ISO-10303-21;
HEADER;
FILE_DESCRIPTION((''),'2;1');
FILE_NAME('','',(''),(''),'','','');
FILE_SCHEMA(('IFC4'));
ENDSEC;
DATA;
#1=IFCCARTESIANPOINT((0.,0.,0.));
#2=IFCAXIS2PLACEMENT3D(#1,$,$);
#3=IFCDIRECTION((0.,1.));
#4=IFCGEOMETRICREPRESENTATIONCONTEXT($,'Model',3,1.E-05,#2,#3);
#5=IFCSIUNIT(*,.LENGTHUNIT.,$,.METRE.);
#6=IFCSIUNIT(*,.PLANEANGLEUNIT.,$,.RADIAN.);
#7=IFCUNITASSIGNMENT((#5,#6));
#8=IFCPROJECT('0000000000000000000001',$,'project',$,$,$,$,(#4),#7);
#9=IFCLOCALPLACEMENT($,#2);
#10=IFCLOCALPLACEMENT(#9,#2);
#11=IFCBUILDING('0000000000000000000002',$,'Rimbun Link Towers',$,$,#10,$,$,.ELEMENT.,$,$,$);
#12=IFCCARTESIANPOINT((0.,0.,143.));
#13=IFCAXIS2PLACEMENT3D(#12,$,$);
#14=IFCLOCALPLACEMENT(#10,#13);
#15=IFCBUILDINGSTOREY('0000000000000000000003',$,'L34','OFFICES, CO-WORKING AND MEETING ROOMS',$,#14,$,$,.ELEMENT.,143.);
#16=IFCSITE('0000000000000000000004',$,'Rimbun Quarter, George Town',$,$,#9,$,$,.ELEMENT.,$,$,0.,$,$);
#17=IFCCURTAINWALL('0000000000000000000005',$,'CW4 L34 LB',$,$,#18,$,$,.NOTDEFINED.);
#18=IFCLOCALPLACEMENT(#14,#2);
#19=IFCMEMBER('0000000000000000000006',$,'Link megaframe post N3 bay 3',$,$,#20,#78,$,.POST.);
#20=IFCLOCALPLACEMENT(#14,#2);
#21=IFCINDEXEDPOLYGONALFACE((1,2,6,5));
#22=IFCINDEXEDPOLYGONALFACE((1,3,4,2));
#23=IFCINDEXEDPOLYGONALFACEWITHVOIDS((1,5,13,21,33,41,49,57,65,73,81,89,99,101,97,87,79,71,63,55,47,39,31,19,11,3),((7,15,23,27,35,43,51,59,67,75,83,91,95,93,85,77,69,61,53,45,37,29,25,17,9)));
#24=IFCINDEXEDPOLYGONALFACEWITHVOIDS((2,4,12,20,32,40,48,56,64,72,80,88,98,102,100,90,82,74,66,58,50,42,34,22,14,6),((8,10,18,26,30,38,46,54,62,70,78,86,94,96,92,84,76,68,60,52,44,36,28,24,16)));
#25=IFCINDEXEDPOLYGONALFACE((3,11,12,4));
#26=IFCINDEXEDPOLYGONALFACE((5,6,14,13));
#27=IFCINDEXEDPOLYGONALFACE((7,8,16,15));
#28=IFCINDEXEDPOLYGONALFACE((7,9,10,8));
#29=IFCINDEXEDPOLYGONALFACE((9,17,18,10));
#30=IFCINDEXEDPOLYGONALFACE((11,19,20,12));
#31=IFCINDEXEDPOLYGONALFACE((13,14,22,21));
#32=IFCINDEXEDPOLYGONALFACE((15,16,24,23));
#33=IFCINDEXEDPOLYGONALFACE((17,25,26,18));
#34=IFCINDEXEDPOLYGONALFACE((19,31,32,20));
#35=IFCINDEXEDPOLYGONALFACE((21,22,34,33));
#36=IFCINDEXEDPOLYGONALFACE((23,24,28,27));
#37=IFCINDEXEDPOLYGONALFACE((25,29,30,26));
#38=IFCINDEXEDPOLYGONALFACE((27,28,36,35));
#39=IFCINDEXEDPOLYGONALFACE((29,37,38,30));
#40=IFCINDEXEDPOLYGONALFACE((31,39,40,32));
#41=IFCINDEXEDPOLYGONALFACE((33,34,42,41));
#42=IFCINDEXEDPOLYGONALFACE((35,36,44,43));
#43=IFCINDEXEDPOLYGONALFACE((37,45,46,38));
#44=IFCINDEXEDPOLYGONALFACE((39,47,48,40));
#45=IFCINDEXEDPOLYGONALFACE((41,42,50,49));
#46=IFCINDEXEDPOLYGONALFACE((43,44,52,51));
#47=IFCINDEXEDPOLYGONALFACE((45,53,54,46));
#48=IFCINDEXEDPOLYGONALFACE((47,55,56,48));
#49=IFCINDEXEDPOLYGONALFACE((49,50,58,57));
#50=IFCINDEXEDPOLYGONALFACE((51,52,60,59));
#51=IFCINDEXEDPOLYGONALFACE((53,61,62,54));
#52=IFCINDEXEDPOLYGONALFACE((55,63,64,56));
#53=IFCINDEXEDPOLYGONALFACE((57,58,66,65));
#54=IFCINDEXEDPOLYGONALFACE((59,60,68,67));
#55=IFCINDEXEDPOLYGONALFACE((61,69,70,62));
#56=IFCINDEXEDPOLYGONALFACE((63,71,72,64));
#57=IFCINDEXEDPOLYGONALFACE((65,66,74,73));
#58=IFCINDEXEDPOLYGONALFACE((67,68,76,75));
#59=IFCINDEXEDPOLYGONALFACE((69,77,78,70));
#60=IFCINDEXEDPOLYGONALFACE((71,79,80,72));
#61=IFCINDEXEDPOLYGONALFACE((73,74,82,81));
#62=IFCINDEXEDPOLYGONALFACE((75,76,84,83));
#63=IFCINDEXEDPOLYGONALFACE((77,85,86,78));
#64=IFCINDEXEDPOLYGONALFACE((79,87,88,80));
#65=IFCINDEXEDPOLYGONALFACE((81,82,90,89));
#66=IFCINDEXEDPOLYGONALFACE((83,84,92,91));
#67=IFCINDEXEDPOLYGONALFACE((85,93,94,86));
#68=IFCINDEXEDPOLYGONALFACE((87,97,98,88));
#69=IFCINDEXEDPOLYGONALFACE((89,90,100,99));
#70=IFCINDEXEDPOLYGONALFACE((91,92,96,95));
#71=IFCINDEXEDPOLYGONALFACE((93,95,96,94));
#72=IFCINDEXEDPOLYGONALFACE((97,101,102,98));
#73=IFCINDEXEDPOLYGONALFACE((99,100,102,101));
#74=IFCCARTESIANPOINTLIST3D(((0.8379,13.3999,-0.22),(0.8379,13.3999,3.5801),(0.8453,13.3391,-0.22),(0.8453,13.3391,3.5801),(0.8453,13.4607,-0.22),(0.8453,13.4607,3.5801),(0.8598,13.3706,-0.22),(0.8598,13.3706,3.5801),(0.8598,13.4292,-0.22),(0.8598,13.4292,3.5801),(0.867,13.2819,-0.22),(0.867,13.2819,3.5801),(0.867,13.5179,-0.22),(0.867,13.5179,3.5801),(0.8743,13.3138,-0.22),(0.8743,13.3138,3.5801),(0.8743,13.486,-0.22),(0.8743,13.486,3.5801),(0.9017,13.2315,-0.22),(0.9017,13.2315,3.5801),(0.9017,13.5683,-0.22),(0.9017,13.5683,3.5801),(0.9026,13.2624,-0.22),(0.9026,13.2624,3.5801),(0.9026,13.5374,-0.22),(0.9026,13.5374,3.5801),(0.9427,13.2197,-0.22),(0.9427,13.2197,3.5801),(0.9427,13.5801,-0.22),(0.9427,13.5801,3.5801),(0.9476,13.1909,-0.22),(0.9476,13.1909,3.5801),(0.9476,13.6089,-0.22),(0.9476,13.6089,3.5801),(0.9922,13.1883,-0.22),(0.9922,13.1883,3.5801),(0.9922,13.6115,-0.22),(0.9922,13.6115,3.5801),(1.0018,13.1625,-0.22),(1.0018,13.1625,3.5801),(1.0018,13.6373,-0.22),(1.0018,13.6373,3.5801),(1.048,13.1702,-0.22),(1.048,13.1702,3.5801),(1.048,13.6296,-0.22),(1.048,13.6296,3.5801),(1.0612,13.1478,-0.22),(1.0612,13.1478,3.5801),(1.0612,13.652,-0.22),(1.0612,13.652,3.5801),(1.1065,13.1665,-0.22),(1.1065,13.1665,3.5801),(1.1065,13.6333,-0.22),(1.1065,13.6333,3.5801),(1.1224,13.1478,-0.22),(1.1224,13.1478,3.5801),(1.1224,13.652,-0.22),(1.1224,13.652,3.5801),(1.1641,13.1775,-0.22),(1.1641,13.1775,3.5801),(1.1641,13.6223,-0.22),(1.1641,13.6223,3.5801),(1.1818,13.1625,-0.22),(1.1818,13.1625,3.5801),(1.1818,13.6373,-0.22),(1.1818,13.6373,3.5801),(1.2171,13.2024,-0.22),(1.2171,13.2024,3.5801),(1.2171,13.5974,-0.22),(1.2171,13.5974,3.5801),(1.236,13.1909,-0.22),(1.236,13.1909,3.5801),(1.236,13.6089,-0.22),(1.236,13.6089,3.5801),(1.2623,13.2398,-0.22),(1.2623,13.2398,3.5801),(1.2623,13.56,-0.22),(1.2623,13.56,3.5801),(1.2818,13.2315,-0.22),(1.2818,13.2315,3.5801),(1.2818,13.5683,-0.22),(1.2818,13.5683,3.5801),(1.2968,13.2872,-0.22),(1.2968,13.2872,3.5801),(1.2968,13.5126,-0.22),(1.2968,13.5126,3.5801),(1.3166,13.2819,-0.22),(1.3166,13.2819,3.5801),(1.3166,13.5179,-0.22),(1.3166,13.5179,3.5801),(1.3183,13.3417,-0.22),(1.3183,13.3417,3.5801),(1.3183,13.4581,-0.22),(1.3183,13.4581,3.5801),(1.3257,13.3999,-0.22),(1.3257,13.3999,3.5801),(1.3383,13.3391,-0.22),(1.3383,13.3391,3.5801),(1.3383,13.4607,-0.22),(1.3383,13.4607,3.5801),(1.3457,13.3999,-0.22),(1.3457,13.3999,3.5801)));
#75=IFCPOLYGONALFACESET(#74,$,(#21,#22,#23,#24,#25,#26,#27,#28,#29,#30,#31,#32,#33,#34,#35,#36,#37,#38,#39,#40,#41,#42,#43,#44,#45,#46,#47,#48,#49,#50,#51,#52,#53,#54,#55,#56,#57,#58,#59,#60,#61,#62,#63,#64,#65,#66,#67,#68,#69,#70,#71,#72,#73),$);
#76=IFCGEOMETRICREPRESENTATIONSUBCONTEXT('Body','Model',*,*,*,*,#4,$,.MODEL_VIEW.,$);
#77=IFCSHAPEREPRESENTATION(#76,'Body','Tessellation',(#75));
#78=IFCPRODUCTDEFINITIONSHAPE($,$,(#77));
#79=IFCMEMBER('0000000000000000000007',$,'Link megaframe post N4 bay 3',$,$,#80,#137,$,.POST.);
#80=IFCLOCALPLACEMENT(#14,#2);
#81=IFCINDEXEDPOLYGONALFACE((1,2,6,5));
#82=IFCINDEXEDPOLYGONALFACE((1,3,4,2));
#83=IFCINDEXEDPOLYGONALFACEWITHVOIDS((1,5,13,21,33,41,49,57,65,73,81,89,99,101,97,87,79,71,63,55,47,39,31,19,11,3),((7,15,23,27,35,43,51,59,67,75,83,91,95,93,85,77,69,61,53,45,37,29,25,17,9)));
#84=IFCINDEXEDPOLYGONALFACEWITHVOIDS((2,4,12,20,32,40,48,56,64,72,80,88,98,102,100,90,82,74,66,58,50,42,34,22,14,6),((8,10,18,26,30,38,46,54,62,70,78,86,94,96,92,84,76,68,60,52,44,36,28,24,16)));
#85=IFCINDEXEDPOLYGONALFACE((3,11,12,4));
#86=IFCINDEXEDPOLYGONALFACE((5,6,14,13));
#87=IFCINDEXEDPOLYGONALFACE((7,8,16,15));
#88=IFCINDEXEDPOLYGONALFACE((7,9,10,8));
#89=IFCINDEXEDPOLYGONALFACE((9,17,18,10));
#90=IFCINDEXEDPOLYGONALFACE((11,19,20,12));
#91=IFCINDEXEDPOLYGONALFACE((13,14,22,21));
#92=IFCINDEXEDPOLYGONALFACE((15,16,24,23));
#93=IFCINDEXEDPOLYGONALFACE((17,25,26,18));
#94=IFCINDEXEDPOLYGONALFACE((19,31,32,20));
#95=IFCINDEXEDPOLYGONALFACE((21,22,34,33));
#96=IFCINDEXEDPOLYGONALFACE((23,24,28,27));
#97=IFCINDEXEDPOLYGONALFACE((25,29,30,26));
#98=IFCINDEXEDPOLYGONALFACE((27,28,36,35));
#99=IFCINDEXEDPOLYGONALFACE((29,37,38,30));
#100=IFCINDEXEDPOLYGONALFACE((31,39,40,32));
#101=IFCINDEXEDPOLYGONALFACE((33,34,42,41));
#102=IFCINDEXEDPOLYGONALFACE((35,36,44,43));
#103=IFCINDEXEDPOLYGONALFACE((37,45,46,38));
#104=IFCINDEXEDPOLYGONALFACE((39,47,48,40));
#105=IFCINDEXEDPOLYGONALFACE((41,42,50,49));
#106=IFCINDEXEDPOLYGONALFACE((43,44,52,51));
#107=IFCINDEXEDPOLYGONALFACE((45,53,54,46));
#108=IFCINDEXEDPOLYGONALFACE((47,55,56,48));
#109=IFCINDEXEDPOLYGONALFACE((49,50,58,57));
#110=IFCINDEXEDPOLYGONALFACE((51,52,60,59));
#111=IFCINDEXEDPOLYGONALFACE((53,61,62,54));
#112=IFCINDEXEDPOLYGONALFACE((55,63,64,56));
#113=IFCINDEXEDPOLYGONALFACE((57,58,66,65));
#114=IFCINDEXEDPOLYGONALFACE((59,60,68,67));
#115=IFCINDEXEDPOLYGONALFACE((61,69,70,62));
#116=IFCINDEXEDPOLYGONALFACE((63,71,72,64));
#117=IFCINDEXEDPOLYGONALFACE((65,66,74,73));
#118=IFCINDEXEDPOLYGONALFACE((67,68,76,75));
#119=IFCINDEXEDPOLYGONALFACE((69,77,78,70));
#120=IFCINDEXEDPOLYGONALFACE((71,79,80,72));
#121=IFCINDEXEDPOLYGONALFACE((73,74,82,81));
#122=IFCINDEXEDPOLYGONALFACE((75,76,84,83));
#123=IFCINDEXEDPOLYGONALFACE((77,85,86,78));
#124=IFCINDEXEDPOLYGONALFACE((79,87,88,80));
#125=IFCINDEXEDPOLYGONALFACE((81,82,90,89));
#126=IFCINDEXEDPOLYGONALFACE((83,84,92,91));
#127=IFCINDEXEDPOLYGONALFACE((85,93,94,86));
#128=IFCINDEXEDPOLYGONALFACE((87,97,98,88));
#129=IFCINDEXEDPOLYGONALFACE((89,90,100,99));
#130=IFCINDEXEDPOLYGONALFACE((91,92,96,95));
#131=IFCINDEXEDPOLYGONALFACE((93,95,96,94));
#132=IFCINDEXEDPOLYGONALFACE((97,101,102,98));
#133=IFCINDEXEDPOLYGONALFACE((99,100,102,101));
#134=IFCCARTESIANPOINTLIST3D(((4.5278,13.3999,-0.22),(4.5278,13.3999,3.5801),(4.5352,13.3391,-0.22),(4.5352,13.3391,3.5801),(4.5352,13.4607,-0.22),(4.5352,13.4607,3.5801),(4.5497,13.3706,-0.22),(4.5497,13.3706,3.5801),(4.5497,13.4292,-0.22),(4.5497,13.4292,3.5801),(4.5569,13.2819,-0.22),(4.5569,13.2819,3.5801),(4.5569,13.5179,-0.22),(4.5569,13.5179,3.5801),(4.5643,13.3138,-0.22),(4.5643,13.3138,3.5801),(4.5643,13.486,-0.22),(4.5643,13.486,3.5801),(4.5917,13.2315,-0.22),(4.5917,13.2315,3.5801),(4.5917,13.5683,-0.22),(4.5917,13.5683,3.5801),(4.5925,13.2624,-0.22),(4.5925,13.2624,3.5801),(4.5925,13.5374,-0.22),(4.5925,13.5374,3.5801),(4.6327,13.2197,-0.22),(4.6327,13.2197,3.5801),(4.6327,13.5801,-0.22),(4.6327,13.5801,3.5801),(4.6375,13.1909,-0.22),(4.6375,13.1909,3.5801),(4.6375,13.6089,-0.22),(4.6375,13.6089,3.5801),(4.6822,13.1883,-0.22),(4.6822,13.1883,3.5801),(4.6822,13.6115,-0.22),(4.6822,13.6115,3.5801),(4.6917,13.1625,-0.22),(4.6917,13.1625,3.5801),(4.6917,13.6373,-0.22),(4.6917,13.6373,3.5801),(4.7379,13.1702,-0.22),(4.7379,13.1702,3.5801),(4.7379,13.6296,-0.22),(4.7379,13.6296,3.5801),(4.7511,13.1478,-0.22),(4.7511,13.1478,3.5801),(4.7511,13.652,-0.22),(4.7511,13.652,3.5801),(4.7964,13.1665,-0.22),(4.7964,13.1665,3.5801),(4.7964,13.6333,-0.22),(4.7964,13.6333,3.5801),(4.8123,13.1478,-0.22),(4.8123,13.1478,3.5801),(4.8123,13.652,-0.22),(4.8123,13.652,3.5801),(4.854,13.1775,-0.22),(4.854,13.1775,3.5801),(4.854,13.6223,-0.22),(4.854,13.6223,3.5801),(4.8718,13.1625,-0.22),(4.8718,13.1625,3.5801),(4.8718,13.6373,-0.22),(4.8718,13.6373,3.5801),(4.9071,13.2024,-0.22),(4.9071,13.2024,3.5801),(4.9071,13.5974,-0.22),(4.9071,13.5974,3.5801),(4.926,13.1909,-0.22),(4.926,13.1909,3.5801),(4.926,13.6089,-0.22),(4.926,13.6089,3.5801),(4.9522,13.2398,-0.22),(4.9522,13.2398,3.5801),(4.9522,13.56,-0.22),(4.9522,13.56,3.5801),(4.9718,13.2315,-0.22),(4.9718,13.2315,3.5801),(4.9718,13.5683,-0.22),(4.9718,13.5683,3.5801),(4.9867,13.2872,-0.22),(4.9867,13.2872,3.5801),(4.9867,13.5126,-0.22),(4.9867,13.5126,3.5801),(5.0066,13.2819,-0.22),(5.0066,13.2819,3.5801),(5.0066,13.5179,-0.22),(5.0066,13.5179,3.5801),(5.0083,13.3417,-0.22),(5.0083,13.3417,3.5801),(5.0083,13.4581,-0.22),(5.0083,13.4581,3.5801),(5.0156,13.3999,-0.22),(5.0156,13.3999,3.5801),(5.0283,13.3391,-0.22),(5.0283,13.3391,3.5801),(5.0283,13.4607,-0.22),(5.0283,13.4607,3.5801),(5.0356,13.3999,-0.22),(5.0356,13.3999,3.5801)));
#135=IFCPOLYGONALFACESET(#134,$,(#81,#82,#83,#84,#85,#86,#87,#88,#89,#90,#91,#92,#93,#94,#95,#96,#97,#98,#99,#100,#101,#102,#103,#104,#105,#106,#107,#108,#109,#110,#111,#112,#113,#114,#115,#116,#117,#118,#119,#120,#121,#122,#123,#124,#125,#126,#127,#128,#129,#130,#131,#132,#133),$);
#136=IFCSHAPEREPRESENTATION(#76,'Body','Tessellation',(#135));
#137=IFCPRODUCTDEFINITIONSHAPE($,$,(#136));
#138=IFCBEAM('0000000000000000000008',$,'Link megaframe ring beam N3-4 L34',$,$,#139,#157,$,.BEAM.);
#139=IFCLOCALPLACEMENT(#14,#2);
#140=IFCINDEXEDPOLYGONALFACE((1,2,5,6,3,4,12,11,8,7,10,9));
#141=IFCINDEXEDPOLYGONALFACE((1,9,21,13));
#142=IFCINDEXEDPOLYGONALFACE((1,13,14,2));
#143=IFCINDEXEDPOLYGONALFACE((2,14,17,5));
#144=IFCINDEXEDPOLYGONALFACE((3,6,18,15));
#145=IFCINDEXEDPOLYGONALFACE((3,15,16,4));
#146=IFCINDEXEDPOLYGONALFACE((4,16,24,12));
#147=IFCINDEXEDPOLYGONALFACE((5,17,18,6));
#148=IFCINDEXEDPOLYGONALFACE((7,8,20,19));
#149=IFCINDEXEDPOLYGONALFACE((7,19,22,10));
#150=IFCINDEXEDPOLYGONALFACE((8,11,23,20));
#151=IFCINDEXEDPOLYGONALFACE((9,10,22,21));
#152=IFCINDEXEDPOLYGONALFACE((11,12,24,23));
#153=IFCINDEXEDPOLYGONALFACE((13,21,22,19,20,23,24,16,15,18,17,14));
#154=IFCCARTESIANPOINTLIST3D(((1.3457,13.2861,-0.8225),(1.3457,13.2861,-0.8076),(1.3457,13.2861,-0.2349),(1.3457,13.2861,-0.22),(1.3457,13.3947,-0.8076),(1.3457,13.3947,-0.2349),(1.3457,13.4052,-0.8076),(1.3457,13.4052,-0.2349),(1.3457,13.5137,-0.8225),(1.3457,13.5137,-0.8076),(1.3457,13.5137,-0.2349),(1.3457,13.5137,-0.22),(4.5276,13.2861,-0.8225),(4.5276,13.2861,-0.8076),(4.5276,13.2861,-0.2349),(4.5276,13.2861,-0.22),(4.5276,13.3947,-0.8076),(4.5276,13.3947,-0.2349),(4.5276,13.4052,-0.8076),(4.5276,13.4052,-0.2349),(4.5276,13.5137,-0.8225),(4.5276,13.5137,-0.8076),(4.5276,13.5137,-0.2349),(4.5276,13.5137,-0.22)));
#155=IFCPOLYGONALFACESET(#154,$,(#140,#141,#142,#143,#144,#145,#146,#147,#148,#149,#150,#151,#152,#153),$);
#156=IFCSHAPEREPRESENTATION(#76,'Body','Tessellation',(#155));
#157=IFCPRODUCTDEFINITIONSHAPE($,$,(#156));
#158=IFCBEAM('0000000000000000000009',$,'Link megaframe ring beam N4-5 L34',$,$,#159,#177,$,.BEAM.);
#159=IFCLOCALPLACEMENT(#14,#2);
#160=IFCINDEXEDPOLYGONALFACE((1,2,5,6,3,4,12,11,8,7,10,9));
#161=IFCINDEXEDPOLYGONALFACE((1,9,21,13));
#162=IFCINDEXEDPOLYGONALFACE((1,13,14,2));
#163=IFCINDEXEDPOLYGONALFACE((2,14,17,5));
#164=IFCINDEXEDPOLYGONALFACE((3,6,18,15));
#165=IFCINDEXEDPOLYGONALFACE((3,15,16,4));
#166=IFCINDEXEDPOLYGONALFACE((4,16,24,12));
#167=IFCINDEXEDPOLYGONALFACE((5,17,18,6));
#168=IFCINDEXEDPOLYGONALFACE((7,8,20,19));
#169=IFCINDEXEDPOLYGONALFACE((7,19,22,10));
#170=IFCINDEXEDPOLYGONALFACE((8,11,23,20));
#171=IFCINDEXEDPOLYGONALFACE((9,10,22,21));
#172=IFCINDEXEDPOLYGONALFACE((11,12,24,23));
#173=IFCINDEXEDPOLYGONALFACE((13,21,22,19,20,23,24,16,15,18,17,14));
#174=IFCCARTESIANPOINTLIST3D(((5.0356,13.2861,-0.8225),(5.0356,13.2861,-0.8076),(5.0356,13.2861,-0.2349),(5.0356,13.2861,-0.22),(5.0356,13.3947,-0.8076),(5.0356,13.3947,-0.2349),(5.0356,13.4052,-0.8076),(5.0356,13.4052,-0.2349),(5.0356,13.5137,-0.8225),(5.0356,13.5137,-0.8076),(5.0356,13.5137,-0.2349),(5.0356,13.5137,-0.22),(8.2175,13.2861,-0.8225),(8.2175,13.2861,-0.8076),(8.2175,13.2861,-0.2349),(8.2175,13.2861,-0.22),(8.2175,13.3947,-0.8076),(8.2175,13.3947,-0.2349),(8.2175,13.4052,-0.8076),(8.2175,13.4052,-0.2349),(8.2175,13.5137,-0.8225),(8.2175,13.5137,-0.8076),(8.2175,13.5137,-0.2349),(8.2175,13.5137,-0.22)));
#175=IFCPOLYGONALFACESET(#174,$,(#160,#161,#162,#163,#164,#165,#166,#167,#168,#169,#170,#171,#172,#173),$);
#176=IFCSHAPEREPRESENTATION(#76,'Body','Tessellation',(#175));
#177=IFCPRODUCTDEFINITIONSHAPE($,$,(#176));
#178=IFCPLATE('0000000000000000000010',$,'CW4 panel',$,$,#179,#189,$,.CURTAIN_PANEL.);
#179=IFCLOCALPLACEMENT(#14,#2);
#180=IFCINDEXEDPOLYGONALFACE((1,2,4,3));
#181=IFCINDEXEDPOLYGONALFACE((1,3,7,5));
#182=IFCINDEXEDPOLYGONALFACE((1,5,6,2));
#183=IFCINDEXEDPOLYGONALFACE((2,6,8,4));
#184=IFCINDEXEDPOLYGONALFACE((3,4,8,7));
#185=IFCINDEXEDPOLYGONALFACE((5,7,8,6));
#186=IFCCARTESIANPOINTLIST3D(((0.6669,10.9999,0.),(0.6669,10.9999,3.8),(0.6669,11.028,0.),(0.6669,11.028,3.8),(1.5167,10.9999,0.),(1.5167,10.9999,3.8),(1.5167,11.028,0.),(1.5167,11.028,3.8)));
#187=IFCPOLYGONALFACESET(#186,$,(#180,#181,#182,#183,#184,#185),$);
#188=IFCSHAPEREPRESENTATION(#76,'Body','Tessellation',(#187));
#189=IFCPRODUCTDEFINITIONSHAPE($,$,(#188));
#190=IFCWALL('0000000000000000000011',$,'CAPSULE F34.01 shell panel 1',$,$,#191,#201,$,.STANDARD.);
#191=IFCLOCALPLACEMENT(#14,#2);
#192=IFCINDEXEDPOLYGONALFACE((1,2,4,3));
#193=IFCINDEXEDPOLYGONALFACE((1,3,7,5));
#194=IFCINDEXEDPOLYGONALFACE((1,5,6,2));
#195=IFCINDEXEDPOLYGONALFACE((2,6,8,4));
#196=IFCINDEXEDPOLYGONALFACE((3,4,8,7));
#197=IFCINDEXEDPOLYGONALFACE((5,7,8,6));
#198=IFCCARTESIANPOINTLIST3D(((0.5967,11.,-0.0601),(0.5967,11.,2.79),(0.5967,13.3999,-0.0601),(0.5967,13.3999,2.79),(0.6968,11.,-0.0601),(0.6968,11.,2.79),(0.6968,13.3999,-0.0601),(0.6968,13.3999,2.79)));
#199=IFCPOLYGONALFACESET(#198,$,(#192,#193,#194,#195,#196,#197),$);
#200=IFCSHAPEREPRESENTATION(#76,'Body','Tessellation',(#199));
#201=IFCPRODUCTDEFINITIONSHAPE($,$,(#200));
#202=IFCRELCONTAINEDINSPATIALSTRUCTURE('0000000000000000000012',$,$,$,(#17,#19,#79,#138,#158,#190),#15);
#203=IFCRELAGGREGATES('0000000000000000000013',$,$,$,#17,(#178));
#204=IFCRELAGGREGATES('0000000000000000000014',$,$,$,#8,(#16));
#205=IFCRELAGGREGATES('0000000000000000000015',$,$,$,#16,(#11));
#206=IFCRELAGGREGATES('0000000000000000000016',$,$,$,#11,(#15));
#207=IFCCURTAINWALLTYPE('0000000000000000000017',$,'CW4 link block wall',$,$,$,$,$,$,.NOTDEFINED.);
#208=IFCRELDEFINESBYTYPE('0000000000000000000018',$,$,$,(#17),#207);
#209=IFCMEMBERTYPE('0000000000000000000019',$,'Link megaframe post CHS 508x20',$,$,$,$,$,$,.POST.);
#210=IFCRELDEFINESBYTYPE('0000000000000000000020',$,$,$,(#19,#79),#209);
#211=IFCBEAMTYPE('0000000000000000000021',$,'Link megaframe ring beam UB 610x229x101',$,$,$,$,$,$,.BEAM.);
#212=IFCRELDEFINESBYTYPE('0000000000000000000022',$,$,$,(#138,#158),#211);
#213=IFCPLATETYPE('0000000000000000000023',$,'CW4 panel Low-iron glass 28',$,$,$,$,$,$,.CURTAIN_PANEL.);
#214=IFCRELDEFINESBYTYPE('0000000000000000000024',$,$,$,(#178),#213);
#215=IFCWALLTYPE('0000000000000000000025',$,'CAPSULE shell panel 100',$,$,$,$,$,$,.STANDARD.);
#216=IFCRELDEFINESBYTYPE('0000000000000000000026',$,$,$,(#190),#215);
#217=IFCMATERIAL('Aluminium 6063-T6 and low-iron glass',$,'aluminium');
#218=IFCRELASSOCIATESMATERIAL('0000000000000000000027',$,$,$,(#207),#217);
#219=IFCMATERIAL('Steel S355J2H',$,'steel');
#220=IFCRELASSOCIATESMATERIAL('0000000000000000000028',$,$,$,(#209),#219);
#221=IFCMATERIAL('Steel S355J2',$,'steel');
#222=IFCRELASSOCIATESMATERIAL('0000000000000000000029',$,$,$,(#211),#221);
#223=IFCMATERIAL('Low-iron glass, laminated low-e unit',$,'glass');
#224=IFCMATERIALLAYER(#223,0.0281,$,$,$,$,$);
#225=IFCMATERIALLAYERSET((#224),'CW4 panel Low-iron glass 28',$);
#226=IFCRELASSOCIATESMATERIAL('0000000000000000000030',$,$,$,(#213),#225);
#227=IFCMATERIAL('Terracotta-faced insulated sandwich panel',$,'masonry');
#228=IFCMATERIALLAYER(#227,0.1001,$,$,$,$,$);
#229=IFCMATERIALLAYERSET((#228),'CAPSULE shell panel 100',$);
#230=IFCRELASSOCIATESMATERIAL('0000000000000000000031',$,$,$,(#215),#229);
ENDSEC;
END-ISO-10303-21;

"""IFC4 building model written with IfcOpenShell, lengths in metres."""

from ifc_helpers import new_model, si_unit, direction, frame, frame_2d, origin, origin_2d, place, context, subcontext, project, spatial, rectangle, hollow_circle, i_section, extrude, material, layer, layer_set, material_profile, profile_set, type_object, element, aggregate, save


model = new_model("IFC4")

# Units and contexts
model_context = context("Model", 3, precision=1e-05, world=origin(), true_north=direction((0.0, 1.0)))
body_context = subcontext(model_context, "Body", "Model", "MODEL_VIEW")
ifc_project = project(units=[si_unit("LENGTHUNIT", "METRE"), si_unit("PLANEANGLEUNIT", "RADIAN")], contexts=[model_context])

# Site, building, storey
site_placement = place(None, origin())
site = spatial("IfcSite", under=ifc_project, at=site_placement, Name="Rimbun Quarter, George Town", CompositionType="ELEMENT", RefElevation=0.0)
building_placement = place(site_placement, origin())
building = spatial("IfcBuilding", under=site, at=building_placement, Name="Rimbun Link Towers", CompositionType="ELEMENT")
storey_placement = place(building_placement, frame((0.0, 0.0, 143.0)))
storey = spatial("IfcBuildingStorey", under=building, at=storey_placement, Name="L34", Description="OFFICES, CO-WORKING AND MEETING ROOMS", CompositionType="ELEMENT", Elevation=143.0)

# Curtain wall
ifc_material_1 = material(Name="Aluminium 6063-T6 and low-iron glass", Category="aluminium")
curtain_wall_type = type_object("IfcCurtainWallType", Name="CW4 link block wall", PredefinedType="NOTDEFINED", material=ifc_material_1)
curtain_wall_placement = place(storey_placement, origin())
curtain_wall = element("IfcCurtainWall", 1, at=curtain_wall_placement, inside=storey, type_object=curtain_wall_type, Name="CW4 L34 LB", PredefinedType="NOTDEFINED")

# Members
ifc_material_2 = material(Name="Steel S355J2H", Category="steel")
ifc_material_profile_1 = material_profile(ifc_material_2, hollow_circle(Radius=0.2539, WallThickness=0.02, at=origin_2d()), Name="CHS 508x20")
ifc_profile_set_1 = profile_set([ifc_material_profile_1], Name="Steel S355J2H")
member_type_1 = type_object("IfcMemberType", Name="Link megaframe post CHS 508x20", PredefinedType="POST", material=ifc_profile_set_1)
for number, where, z_axis, x_axis, name in (
    (2, (1.0918, 13.3999, -0.22), (0.0, 0.0, 1.0), (1.0, 0.0, 0.0), "Link megaframe post N3 bay 3"),
    (3, (4.7817, 13.3999, -0.22), (0.0, 0.0, 1.0), (1.0, 0.0, 0.0), "Link megaframe post N4 bay 3"),
):
    element("IfcMember", number, at=place(storey_placement, frame(where, z_axis=z_axis, x_axis=x_axis)), inside=storey, type_object=member_type_1, Name=name, PredefinedType="POST", context=body_context, shape_type="SweptSolid", body=[
        extrude(hollow_circle(Radius=0.2539, WallThickness=0.02, at=origin_2d()), origin(), (0.0, 0.0, 1.0), 3.8),
    ])

# Beams
ifc_material_3 = material(Name="Steel S355J2", Category="steel")
ifc_material_profile_2 = material_profile(ifc_material_3, i_section(OverallWidth=0.2275, OverallDepth=0.6025, WebThickness=0.0105, FlangeThickness=0.0149, at=origin_2d()), Name="UB 610x229x101")
ifc_profile_set_2 = profile_set([ifc_material_profile_2], Name="Steel S355J2")
beam_type_1 = type_object("IfcBeamType", Name="Link megaframe ring beam UB 610x229x101", PredefinedType="BEAM", material=ifc_profile_set_2)
for number, where, z_axis, x_axis, name in (
    (4, (1.3457, 13.3999, -0.5212), (1.0, 0.0, 0.0), (0.0, 1.0, 0.0), "Link megaframe ring beam N3-4 L34"),
    (5, (5.0356, 13.3999, -0.5212), (1.0, 0.0, 0.0), (0.0, 1.0, 0.0), "Link megaframe ring beam N4-5 L34"),
):
    element("IfcBeam", number, at=place(storey_placement, frame(where, z_axis=z_axis, x_axis=x_axis)), inside=storey, type_object=beam_type_1, Name=name, PredefinedType="BEAM", context=body_context, shape_type="SweptSolid", body=[
        extrude(i_section(OverallWidth=0.2275, OverallDepth=0.6025, WebThickness=0.0105, FlangeThickness=0.0149, at=origin_2d()), origin(), (0.0, 0.0, 1.0), 3.1819),
    ])

# Plate
ifc_material_4 = material(Name="Low-iron glass, laminated low-e unit", Category="glass")
ifc_layer_1 = layer(ifc_material_4, 0.0281)
ifc_layer_set_1 = layer_set([ifc_layer_1], Name="CW4 panel Low-iron glass 28")
plate_type = type_object("IfcPlateType", Name="CW4 panel Low-iron glass 28", PredefinedType="CURTAIN_PANEL", material=ifc_layer_set_1)
plate_placement = place(storey_placement, frame((1.0918, 11.0139, 0.0), z_axis=(0.0, 0.0, 1.0), x_axis=(1.0, 0.0, 0.0)))
plate = element("IfcPlate", 6, at=plate_placement, type_object=plate_type, Name="CW4 panel", PredefinedType="CURTAIN_PANEL", context=body_context, shape_type="SweptSolid", body=[
    extrude(rectangle(XDim=0.8499, YDim=0.0281, at=origin_2d()), origin(), (0.0, 0.0, 1.0), 3.8),
])
aggregate(curtain_wall, [plate])

# Wall
ifc_material_5 = material(Name="Terracotta-faced insulated sandwich panel", Category="masonry")
ifc_layer_2 = layer(ifc_material_5, 0.1001)
ifc_layer_set_2 = layer_set([ifc_layer_2], Name="CAPSULE shell panel 100")
wall_type = type_object("IfcWallType", Name="CAPSULE shell panel 100", PredefinedType="STANDARD", material=ifc_layer_set_2)
wall_1_placement = place(storey_placement, frame((0.6467, 11.0, -0.0601), z_axis=(0.0, 0.0, 1.0), x_axis=(0.0, 1.0, 0.0)))
element("IfcWall", 7, at=wall_1_placement, inside=storey, type_object=wall_type, Name="CAPSULE F34.01 shell panel 1", PredefinedType="STANDARD", context=body_context, shape_type="SweptSolid", body=[
    extrude(rectangle(XDim=2.3999, YDim=0.1001, at=frame_2d((1.2, 0.0))), origin(), (0.0, 0.0, 1.0), 2.8501),
])

save(model, "model.ifc")
